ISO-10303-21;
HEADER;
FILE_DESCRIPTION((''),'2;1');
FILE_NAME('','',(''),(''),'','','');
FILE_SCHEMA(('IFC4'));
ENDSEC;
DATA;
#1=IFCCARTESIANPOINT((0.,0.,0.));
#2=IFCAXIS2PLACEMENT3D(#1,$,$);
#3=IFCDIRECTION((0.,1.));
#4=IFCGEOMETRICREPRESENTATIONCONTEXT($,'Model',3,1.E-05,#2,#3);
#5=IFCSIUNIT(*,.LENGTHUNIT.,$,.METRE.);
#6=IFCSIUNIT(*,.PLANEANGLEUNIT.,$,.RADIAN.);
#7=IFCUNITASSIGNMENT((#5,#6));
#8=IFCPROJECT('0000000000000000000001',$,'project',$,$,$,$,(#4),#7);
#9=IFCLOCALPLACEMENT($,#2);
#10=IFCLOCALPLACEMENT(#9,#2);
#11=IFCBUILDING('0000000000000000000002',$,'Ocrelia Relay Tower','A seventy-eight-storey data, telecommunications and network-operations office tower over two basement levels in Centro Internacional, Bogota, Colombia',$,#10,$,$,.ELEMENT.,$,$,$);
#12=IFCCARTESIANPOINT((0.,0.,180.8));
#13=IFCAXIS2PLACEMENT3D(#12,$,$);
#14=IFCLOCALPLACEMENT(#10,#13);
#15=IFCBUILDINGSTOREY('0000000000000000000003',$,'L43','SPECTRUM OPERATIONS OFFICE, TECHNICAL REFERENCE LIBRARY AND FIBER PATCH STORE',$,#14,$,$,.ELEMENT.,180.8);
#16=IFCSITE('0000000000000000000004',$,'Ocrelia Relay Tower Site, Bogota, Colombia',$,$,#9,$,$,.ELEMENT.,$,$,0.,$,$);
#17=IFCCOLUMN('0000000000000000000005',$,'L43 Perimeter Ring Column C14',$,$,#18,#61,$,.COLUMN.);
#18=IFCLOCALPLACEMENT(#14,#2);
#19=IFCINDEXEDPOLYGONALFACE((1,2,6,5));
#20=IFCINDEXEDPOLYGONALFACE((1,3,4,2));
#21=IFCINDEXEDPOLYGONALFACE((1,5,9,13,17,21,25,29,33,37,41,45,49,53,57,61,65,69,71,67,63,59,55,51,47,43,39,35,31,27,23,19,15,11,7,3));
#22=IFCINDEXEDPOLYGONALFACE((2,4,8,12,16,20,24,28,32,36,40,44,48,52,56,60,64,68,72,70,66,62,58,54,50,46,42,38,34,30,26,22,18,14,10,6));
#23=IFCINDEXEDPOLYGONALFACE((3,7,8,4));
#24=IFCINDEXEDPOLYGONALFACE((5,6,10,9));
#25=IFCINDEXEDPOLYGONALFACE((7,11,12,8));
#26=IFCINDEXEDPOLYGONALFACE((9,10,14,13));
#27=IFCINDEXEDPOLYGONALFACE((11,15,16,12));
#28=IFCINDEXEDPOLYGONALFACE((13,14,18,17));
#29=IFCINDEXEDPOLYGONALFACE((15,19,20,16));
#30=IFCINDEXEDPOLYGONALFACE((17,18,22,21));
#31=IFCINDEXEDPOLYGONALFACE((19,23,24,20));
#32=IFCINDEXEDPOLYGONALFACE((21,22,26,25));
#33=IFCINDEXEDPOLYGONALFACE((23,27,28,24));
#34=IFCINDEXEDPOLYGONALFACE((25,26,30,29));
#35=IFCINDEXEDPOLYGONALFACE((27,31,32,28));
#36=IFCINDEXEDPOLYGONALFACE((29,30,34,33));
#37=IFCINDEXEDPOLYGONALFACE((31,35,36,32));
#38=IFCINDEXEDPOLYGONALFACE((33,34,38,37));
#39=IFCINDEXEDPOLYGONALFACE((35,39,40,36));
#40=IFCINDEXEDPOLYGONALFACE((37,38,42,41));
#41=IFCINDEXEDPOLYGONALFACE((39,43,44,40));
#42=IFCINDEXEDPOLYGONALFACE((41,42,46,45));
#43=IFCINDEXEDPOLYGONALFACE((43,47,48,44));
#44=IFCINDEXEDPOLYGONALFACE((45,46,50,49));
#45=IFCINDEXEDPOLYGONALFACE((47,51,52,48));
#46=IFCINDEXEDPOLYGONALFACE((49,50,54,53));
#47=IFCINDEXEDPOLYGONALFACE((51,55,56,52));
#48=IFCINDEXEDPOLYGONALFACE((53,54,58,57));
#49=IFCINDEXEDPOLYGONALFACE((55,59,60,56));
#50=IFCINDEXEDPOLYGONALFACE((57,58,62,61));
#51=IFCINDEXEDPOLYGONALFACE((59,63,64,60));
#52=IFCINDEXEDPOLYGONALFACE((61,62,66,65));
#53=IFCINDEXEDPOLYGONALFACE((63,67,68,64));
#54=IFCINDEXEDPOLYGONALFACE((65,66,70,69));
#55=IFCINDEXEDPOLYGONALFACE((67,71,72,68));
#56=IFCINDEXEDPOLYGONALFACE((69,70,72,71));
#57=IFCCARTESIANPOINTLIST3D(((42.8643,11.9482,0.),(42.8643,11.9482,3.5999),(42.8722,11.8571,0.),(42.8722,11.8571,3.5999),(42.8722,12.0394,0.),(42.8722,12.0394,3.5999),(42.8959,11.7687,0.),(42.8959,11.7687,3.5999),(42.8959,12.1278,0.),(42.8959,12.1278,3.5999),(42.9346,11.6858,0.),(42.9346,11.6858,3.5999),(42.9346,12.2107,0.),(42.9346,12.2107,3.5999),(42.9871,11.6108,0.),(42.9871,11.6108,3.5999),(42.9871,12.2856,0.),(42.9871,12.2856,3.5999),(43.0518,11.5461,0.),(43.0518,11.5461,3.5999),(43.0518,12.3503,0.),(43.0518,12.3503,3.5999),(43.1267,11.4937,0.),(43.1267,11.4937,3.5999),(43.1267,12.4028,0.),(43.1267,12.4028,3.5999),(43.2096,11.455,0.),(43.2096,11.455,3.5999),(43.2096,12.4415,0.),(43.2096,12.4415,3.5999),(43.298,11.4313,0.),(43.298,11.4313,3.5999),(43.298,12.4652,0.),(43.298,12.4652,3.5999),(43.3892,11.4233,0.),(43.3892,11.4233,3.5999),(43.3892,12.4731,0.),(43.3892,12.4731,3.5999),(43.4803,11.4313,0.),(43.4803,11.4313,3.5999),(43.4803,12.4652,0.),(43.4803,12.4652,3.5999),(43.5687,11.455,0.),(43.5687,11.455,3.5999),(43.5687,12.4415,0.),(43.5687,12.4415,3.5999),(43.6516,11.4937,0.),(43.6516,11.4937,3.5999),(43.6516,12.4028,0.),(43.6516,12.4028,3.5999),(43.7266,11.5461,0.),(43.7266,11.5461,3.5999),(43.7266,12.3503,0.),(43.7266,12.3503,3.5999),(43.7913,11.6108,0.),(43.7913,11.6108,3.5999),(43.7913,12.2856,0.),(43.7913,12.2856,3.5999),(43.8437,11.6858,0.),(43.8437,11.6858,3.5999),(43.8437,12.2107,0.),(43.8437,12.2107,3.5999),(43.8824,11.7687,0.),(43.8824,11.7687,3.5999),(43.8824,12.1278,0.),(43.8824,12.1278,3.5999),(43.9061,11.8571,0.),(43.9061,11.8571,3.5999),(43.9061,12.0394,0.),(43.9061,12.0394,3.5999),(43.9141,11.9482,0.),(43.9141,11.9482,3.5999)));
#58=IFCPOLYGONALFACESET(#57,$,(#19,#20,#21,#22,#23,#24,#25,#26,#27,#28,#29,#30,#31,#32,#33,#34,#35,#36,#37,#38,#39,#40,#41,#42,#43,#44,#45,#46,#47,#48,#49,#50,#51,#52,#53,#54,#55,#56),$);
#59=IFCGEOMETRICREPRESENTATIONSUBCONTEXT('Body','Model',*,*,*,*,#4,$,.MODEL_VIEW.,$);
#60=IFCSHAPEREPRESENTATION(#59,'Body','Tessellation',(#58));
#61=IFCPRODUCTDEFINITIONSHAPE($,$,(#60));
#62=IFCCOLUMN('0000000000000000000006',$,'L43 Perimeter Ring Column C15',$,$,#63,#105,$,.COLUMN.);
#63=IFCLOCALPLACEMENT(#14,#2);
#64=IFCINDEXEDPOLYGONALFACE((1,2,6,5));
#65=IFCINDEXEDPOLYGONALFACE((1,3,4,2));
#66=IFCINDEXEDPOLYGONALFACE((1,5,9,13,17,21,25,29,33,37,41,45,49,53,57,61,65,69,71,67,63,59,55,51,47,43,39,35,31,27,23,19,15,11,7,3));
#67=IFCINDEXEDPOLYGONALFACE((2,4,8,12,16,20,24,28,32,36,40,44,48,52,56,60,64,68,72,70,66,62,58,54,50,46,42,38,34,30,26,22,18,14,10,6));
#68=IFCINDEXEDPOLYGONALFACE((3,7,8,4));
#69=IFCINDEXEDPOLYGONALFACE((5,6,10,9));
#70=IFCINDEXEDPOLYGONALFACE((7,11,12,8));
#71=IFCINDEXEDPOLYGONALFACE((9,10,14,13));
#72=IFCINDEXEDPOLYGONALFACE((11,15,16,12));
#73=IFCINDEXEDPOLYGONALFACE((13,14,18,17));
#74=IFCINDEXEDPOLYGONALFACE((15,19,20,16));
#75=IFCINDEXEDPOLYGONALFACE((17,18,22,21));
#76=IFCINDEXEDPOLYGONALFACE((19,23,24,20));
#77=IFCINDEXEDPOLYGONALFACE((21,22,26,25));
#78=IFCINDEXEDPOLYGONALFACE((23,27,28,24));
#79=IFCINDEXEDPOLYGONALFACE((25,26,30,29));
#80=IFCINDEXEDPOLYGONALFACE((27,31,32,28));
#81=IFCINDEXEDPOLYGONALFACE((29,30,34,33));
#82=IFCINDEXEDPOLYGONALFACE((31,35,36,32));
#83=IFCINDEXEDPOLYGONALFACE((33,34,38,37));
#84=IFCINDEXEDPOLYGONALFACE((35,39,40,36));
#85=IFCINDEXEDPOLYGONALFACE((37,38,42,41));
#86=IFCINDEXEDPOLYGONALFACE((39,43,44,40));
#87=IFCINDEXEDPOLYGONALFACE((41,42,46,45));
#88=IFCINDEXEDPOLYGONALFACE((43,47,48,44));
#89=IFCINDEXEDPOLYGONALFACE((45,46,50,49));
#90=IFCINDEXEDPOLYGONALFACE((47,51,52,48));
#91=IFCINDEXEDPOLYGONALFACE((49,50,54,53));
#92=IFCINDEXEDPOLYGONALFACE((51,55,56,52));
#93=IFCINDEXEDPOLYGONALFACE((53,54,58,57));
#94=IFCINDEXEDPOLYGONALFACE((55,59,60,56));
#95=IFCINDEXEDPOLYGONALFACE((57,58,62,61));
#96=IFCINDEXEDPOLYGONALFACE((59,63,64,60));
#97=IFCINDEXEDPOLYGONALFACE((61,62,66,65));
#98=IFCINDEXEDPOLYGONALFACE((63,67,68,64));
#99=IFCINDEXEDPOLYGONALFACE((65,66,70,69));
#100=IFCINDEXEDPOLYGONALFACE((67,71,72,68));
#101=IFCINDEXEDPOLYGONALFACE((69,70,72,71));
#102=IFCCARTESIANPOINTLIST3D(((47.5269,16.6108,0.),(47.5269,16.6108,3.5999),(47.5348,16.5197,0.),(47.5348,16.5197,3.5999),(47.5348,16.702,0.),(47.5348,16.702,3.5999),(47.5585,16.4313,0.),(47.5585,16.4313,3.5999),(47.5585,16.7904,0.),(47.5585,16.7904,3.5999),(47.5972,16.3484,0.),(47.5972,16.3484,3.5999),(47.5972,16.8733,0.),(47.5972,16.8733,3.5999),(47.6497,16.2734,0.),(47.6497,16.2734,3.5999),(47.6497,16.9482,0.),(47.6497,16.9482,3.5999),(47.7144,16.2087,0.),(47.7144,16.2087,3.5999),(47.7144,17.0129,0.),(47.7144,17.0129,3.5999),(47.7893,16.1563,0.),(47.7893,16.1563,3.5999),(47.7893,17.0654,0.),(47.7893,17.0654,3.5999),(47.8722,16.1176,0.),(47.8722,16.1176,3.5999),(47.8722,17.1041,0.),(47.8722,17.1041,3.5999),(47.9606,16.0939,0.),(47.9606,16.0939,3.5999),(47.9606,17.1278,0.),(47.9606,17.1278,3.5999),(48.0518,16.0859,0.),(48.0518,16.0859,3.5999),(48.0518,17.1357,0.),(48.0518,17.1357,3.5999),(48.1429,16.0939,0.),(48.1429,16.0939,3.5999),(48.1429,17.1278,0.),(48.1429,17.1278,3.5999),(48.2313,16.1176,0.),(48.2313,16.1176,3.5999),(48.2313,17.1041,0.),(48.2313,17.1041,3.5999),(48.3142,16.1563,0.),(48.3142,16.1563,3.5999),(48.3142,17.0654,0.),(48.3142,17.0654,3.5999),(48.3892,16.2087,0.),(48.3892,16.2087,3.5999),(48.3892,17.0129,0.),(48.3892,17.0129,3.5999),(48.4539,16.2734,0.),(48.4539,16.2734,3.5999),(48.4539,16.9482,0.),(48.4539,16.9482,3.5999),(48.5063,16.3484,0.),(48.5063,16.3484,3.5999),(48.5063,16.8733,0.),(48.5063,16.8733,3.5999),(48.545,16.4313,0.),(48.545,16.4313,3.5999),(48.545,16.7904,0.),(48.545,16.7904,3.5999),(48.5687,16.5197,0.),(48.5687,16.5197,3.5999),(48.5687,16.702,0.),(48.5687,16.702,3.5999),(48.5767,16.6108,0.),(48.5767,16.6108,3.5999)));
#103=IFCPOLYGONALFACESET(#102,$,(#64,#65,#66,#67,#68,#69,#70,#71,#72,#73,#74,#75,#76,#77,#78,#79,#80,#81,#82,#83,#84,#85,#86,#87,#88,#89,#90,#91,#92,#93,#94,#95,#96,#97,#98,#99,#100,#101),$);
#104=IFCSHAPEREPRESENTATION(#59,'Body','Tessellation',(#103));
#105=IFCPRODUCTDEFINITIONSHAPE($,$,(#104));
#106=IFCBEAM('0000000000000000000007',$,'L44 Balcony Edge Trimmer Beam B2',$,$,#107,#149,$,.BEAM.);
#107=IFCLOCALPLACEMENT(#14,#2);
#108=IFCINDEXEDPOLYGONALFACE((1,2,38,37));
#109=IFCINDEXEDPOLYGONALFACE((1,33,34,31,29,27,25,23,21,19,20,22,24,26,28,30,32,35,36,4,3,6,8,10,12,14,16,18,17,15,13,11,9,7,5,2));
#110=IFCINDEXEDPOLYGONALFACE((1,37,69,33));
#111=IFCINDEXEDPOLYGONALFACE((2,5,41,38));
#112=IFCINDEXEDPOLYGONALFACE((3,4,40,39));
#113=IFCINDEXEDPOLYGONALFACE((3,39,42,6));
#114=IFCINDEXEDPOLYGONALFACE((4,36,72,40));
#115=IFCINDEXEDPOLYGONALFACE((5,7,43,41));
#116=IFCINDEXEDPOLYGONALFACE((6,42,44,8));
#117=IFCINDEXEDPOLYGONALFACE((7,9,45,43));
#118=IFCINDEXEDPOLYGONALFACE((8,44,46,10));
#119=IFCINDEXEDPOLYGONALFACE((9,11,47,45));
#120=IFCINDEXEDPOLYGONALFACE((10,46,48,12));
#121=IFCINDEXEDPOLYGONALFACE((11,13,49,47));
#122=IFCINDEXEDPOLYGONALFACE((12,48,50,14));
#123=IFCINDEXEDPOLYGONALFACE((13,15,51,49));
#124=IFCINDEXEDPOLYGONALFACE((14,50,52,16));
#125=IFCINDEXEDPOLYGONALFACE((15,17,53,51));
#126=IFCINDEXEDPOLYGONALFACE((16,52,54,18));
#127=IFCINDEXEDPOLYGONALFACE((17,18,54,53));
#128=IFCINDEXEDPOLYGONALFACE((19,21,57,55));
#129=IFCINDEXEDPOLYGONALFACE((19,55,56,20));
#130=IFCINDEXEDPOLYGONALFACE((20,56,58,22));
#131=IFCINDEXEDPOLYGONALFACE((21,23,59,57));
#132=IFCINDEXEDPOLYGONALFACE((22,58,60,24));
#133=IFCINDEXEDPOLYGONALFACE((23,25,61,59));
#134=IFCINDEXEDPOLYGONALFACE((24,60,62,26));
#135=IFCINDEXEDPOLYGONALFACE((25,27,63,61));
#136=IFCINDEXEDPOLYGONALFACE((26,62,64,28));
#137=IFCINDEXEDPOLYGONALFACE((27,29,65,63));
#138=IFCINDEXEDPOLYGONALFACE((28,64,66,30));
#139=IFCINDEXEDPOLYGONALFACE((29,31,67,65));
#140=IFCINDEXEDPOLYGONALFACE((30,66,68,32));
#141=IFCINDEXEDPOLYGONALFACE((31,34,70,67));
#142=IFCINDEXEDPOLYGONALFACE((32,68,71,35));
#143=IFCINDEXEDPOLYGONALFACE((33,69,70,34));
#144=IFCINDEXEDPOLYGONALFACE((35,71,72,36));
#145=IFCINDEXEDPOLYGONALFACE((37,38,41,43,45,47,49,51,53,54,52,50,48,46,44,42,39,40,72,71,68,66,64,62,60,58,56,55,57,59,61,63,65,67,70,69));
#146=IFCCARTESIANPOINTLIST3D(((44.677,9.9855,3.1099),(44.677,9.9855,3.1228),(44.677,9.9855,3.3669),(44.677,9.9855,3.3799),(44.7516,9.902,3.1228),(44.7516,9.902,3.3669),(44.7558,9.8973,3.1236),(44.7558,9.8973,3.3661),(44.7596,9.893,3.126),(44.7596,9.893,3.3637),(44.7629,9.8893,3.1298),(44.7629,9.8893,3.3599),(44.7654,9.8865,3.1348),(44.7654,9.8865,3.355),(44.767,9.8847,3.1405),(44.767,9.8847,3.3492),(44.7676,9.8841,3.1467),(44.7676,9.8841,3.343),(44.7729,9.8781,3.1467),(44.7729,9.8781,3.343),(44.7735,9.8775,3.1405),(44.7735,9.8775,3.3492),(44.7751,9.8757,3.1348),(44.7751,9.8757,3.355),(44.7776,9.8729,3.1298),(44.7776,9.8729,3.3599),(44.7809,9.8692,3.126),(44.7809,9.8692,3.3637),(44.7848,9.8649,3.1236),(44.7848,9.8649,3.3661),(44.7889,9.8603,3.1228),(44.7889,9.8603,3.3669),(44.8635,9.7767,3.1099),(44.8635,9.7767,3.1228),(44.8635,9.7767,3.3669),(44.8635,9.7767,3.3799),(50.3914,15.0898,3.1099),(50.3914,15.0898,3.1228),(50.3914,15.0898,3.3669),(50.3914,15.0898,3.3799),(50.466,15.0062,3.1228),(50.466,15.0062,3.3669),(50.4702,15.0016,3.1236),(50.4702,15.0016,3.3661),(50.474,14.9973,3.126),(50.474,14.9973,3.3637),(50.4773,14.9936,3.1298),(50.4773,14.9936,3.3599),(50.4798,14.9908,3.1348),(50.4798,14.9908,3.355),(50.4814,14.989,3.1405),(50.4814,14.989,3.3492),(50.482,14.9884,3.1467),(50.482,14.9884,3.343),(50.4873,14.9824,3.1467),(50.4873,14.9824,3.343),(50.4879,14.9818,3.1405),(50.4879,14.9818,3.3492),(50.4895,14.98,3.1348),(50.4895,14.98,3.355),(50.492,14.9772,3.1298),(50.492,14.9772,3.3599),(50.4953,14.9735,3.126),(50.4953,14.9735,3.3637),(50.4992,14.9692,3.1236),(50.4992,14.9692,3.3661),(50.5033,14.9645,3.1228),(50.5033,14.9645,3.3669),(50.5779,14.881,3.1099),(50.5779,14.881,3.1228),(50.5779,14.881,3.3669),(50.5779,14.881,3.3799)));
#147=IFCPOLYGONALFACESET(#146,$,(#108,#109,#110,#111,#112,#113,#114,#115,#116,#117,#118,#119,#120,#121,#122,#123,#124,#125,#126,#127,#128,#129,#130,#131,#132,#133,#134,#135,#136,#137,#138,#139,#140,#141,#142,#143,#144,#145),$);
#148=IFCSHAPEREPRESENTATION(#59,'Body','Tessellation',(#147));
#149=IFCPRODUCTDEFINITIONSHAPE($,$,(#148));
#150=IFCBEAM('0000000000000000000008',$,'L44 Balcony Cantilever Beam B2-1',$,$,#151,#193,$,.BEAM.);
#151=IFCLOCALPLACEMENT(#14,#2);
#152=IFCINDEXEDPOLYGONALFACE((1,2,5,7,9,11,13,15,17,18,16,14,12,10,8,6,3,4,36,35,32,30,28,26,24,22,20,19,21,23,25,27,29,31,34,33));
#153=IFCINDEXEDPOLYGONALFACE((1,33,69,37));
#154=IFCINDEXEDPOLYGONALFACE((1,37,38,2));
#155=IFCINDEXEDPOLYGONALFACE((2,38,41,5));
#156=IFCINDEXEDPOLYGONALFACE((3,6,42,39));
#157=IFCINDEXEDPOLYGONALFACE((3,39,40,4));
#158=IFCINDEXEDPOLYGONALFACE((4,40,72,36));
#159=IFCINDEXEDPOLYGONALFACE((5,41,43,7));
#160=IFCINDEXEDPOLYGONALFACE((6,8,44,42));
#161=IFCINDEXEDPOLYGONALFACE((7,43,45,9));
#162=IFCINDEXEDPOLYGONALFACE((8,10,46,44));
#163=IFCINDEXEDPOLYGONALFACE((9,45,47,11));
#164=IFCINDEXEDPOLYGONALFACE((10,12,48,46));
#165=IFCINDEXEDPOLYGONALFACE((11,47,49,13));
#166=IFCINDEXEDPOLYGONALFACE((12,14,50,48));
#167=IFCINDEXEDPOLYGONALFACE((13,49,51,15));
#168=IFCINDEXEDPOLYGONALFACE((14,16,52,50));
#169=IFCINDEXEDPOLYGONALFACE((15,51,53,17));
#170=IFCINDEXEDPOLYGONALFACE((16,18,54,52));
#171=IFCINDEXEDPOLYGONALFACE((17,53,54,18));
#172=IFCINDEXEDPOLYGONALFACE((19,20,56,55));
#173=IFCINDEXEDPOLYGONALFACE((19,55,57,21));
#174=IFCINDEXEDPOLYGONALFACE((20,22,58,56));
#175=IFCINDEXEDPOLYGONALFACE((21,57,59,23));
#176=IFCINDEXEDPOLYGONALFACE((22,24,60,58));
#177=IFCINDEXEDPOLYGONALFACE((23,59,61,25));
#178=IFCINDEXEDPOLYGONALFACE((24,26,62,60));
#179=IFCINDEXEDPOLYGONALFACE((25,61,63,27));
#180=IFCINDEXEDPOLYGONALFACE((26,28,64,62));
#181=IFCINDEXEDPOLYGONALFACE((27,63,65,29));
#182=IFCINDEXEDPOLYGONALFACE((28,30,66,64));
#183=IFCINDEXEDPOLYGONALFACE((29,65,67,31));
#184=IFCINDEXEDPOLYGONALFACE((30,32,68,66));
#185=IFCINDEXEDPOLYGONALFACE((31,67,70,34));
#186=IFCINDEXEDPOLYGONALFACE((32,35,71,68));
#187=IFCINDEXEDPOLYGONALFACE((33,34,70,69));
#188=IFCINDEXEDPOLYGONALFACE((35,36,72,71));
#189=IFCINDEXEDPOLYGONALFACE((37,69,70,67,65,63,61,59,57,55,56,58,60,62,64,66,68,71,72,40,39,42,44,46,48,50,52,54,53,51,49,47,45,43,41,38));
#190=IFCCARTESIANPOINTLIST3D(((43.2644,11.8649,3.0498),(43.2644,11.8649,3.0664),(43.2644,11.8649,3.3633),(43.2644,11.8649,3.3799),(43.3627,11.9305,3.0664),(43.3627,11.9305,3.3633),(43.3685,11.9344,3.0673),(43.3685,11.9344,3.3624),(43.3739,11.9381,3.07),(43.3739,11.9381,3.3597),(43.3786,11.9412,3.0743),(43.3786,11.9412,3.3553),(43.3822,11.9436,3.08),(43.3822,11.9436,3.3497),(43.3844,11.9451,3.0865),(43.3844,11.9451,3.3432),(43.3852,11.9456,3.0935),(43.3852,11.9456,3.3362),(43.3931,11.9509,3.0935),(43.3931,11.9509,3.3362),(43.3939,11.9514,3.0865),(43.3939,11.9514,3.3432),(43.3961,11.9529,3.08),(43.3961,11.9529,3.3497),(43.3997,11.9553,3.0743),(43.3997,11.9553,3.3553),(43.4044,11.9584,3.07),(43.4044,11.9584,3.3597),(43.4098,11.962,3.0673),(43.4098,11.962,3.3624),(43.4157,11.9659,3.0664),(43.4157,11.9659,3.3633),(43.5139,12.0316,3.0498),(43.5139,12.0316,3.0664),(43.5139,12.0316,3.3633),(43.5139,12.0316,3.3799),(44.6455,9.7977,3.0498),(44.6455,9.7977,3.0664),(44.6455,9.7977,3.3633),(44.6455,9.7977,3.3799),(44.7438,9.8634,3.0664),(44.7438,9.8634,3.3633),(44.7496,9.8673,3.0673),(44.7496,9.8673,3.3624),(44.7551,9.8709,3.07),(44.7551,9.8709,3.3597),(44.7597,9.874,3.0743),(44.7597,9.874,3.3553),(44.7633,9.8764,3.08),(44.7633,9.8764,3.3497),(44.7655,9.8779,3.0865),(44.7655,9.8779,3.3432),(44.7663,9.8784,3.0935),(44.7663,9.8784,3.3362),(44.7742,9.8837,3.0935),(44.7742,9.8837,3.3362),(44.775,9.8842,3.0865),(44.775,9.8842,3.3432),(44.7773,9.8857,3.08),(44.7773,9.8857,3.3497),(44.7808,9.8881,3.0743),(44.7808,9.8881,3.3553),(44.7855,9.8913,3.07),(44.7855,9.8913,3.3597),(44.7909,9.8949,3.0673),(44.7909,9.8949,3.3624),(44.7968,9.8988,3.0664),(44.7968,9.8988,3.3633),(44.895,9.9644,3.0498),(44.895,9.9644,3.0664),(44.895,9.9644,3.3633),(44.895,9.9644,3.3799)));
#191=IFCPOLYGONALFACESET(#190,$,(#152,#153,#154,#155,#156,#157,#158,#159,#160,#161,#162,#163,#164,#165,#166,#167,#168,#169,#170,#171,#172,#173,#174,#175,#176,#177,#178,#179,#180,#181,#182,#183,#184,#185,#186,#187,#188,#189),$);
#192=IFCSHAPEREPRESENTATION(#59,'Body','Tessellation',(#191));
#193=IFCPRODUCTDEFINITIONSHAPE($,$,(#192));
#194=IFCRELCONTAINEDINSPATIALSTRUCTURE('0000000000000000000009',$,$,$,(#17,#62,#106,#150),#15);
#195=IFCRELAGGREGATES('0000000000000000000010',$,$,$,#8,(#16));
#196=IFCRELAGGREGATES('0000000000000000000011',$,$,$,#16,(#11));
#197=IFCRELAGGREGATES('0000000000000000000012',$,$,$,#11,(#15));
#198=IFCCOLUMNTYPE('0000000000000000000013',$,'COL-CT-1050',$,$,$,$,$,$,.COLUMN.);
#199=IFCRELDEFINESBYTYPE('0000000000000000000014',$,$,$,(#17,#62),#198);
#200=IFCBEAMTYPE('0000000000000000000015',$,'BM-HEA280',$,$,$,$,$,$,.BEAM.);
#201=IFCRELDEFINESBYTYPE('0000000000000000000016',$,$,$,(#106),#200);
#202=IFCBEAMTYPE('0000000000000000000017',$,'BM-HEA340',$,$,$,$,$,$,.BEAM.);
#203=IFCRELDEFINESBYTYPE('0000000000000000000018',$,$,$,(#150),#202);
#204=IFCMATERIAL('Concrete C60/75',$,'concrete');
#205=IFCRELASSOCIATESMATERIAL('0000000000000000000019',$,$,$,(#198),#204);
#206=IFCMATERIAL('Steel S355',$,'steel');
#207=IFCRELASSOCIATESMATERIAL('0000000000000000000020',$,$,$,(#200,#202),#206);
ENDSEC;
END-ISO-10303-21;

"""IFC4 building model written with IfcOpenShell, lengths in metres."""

from ifc_helpers import new_model, si_unit, direction, frame, origin, origin_2d, place, context, subcontext, project, spatial, circle, i_section, extrude, material, material_profile, profile_set, type_object, element, save


model = new_model("IFC4")

# Units and contexts
model_context = context("Model", 3, precision=1e-05, world=origin(), true_north=direction((0.0, 1.0)))
body_context = subcontext(model_context, "Body", "Model", "MODEL_VIEW")
ifc_project = project(units=[si_unit("LENGTHUNIT", "METRE"), si_unit("PLANEANGLEUNIT", "RADIAN")], contexts=[model_context])

# Site, building, storey
site_placement = place(None, origin())
site = spatial("IfcSite", under=ifc_project, at=site_placement, Name="Ocrelia Relay Tower Site, Bogota, Colombia", CompositionType="ELEMENT", RefElevation=0.0)
building_placement = place(site_placement, origin())
building = spatial("IfcBuilding", under=site, at=building_placement, Name="Ocrelia Relay Tower", Description="A seventy-eight-storey data, telecommunications and network-operations office tower over two basement levels in Centro Internacional, Bogota, Colombia", CompositionType="ELEMENT")
storey_placement = place(building_placement, frame((0.0, 0.0, 180.8)))
storey = spatial("IfcBuildingStorey", under=building, at=storey_placement, Name="L43", Description="SPECTRUM OPERATIONS OFFICE, TECHNICAL REFERENCE LIBRARY AND FIBER PATCH STORE", CompositionType="ELEMENT", Elevation=180.8)

# Columns
ifc_material_1 = material(Name="Concrete C60/75", Category="concrete")
ifc_material_profile_1 = material_profile(ifc_material_1, circle(Radius=0.5249, at=origin_2d()), Name="RC-CIR-1050")
ifc_profile_set_1 = profile_set([ifc_material_profile_1], Name="Concrete C60/75")
column_type = type_object("IfcColumnType", Name="COL-CT-1050", PredefinedType="COLUMN", material=ifc_profile_set_1)
for number, where, z_axis, x_axis, name in (
    (1, (43.3892, 11.9482, 0.0), (0.0, 0.0, 1.0), (1.0, 0.0, 0.0), "L43 Perimeter Ring Column C14"),
    (2, (48.0518, 16.6108, 0.0), (0.0, 0.0, 1.0), (1.0, 0.0, 0.0), "L43 Perimeter Ring Column C15"),
):
    element("IfcColumn", number, at=place(storey_placement, frame(where, z_axis=z_axis, x_axis=x_axis)), inside=storey, type_object=column_type, Name=name, PredefinedType="COLUMN", context=body_context, shape_type="SweptSolid", body=[
        extrude(circle(Radius=0.5249, at=origin_2d()), origin(), (0.0, 0.0, 1.0), 3.5999),
    ])

# Beams
ifc_material_2 = material(Name="Steel S355", Category="steel")
ifc_material_profile_2 = material_profile(ifc_material_2, i_section(OverallWidth=0.28, OverallDepth=0.27, WebThickness=0.0081, FlangeThickness=0.0129, FilletRadius=0.0239, at=origin_2d()), Name="HEA 280")
ifc_profile_set_2 = profile_set([ifc_material_profile_2], Name="Steel S355")
beam_type_1 = type_object("IfcBeamType", Name="BM-HEA280", PredefinedType="BEAM", material=ifc_profile_set_2)
beam_1_placement = place(storey_placement, frame((44.7703, 9.8811, 3.2449), z_axis=(0.745799, 0.666172, 0.0), x_axis=(-0.666172, 0.745799, 0.0)))
element("IfcBeam", 3, at=beam_1_placement, inside=storey, type_object=beam_type_1, Name="L44 Balcony Edge Trimmer Beam B2", PredefinedType="BEAM", context=body_context, shape_type="SweptSolid", body=[
    extrude(i_section(OverallWidth=0.28, OverallDepth=0.27, WebThickness=0.0081, FlangeThickness=0.0129, FilletRadius=0.0239, at=origin_2d()), origin(), (0.0, 0.0, 1.0), 7.6621),
])
ifc_material_profile_3 = material_profile(ifc_material_2, i_section(OverallWidth=0.3, OverallDepth=0.3301, WebThickness=0.0095, FlangeThickness=0.0166, FilletRadius=0.0271, at=origin_2d()), Name="HEA 340")
ifc_profile_set_3 = profile_set([ifc_material_profile_3], Name="Steel S355")
beam_type_2 = type_object("IfcBeamType", Name="BM-HEA340", PredefinedType="BEAM", material=ifc_profile_set_3)
beam_2_placement = place(storey_placement, frame((43.3892, 11.9482, 3.2148), z_axis=(0.555538, -0.831491, 0.0), x_axis=(0.831491, 0.555538, 0.0)))
element("IfcBeam", 4, at=beam_2_placement, inside=storey, type_object=beam_type_2, Name="L44 Balcony Cantilever Beam B2-1", PredefinedType="BEAM", context=body_context, shape_type="SweptSolid", body=[
    extrude(i_section(OverallWidth=0.3, OverallDepth=0.3301, WebThickness=0.0095, FlangeThickness=0.0166, FilletRadius=0.0271, at=origin_2d()), origin(), (0.0, 0.0, 1.0), 2.4861),
])

save(model, "model.ifc")
